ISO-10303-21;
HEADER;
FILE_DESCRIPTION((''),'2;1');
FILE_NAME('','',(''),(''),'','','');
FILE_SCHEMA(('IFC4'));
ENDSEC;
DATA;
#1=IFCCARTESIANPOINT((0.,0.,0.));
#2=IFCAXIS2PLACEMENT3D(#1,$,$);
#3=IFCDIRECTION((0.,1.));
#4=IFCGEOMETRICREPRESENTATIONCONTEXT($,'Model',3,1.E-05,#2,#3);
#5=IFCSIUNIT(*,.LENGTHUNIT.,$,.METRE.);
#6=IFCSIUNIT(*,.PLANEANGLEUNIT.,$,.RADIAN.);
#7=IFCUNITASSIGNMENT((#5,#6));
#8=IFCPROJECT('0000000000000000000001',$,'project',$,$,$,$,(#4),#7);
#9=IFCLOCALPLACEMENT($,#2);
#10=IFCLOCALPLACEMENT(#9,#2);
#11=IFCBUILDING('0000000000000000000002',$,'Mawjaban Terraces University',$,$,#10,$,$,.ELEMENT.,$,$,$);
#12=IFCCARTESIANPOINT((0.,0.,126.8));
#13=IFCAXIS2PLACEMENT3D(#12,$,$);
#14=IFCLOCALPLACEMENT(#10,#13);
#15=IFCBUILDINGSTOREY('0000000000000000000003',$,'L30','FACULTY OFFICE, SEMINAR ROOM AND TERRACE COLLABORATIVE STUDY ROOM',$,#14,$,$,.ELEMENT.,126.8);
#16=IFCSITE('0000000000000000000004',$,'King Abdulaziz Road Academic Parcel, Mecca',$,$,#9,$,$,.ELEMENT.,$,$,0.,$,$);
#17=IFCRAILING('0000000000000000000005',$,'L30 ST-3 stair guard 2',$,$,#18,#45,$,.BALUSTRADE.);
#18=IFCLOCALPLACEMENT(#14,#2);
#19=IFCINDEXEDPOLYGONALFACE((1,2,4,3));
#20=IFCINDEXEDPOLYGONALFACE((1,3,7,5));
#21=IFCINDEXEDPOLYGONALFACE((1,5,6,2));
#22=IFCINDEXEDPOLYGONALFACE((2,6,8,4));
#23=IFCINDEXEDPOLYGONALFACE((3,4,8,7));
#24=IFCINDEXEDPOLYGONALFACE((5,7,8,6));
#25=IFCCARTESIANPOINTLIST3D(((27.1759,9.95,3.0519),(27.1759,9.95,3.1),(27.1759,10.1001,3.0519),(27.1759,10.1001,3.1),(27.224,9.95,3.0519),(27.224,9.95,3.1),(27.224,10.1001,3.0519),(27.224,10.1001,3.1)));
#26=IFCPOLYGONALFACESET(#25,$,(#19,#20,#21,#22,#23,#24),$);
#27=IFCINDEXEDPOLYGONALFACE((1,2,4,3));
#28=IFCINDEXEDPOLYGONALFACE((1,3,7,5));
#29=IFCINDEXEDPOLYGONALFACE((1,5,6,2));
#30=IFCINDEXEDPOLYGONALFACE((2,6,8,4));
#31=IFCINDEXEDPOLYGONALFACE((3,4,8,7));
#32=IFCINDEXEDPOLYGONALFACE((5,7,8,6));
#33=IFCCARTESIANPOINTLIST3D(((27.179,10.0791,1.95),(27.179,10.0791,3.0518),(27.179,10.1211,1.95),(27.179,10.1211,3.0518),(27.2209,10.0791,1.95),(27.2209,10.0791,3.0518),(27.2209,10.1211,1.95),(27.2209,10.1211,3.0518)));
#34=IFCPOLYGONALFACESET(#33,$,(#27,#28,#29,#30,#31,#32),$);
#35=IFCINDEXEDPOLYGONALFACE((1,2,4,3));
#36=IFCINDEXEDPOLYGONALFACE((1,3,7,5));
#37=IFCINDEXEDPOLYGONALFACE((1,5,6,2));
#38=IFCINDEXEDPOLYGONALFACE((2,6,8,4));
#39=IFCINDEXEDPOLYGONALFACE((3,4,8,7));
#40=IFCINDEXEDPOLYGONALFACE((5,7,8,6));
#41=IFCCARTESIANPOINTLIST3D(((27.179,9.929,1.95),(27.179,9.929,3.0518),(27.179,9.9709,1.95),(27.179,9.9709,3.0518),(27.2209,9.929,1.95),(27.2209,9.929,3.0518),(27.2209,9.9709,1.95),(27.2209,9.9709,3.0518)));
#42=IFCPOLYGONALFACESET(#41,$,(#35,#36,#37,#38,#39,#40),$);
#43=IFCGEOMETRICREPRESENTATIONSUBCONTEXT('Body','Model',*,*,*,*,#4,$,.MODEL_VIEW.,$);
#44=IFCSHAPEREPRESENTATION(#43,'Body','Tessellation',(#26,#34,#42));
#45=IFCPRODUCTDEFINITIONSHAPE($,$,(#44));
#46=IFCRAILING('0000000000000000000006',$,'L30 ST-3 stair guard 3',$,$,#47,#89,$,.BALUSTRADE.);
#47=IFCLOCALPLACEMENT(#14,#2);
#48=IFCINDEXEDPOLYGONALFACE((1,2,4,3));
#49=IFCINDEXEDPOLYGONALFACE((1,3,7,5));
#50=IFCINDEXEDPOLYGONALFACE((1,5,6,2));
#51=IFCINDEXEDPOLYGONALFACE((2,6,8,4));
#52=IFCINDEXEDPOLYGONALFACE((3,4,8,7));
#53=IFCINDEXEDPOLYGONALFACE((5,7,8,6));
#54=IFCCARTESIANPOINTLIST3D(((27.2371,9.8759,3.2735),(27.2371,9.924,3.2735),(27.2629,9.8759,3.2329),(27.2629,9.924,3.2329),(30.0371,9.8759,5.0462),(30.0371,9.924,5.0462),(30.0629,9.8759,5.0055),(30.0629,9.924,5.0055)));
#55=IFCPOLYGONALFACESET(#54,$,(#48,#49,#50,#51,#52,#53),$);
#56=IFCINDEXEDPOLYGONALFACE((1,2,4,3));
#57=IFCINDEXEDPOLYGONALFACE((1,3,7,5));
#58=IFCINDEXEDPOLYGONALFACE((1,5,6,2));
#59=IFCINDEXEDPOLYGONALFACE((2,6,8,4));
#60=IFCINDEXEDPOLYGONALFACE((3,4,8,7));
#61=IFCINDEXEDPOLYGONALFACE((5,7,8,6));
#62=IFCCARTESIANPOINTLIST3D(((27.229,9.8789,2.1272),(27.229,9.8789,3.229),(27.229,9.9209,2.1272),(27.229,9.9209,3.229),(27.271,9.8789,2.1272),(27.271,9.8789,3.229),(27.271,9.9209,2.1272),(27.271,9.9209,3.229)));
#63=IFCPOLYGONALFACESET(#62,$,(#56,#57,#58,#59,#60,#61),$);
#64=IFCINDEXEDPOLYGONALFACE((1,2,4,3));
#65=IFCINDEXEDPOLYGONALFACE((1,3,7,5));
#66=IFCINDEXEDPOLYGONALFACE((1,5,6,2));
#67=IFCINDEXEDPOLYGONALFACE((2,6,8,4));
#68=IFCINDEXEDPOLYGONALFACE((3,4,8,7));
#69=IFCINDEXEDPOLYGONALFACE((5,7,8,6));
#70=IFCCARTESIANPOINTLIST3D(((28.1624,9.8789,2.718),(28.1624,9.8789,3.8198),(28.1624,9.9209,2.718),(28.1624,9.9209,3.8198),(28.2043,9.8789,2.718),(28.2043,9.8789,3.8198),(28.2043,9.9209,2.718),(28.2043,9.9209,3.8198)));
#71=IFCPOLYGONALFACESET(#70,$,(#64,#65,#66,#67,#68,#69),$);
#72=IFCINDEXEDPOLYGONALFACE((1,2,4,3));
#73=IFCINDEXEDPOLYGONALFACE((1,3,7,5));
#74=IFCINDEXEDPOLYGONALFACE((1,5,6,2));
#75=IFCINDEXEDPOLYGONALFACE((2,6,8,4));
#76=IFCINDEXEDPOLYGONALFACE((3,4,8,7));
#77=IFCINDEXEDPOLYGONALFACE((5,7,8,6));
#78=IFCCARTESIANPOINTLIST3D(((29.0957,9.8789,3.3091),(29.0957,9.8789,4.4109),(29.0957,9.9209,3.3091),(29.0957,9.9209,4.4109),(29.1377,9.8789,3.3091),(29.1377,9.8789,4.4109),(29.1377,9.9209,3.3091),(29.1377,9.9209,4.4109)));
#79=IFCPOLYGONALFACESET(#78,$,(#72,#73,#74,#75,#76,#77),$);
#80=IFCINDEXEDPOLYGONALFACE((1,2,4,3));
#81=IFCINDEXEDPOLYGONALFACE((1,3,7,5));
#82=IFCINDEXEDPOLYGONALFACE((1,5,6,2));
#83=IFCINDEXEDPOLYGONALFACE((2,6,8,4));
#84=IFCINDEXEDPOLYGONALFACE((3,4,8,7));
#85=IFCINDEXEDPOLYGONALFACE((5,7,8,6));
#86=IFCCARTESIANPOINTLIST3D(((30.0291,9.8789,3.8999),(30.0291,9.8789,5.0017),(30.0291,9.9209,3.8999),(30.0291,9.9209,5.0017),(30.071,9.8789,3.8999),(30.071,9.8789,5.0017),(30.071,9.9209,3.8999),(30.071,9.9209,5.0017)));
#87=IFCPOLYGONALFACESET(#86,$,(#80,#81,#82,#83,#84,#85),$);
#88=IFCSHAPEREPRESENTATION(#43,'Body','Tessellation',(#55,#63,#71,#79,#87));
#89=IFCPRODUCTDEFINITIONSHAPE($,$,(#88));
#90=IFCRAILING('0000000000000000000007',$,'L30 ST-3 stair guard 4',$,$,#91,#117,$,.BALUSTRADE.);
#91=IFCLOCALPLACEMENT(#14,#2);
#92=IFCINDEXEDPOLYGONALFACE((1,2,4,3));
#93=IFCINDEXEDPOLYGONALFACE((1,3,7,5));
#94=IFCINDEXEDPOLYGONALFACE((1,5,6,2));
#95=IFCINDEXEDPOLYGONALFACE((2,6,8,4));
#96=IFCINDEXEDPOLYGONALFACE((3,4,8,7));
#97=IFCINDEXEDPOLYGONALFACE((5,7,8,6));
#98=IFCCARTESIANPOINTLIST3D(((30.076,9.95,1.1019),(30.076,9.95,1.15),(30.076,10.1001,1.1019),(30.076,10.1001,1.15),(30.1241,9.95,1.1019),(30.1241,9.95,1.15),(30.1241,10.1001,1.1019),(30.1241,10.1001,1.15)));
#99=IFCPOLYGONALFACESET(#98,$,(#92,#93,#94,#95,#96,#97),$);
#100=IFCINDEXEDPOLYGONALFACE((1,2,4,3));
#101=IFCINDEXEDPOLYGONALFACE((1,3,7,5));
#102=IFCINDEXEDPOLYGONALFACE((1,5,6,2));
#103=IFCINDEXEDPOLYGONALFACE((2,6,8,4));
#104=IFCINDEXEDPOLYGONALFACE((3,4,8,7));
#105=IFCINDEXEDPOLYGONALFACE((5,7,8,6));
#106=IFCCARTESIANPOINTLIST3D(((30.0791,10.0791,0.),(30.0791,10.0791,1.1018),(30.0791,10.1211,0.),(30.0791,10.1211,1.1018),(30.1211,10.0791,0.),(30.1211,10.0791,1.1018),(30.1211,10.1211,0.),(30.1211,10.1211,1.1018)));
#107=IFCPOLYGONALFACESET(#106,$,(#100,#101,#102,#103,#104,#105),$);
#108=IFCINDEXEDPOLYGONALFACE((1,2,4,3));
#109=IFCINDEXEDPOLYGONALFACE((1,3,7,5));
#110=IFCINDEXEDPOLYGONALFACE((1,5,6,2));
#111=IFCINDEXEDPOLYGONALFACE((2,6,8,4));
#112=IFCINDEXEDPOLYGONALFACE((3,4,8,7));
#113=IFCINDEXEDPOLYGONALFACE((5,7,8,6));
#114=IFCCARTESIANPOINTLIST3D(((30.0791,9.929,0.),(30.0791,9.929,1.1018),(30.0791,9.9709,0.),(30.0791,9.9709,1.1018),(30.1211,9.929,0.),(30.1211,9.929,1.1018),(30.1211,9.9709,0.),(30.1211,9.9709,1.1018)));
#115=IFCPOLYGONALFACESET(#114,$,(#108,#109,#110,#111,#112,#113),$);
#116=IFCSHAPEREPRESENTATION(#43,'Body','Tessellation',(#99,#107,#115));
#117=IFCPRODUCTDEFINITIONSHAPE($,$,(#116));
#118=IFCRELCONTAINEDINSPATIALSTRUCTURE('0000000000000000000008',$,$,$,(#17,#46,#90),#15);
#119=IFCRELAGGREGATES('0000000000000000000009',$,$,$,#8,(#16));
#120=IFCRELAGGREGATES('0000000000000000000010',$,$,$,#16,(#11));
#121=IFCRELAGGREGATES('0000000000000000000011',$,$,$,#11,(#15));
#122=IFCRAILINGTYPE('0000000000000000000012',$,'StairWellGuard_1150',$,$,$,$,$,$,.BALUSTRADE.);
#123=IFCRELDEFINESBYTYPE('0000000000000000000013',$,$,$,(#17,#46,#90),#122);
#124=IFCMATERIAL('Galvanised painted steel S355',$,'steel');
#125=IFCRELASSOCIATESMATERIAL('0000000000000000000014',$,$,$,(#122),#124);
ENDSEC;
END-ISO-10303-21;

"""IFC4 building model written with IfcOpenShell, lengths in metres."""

from ifc_helpers import new_model, si_unit, direction, frame, origin, origin_2d, place, context, subcontext, project, spatial, rectangle, extrude, material, type_object, element, save


model = new_model("IFC4")

# Units and contexts
model_context = context("Model", 3, precision=1e-05, world=origin(), true_north=direction((0.0, 1.0)))
body_context = subcontext(model_context, "Body", "Model", "MODEL_VIEW")
ifc_project = project(units=[si_unit("LENGTHUNIT", "METRE"), si_unit("PLANEANGLEUNIT", "RADIAN")], contexts=[model_context])

# Site, building, storey
site_placement = place(None, origin())
site = spatial("IfcSite", under=ifc_project, at=site_placement, Name="King Abdulaziz Road Academic Parcel, Mecca", CompositionType="ELEMENT", RefElevation=0.0)
building_placement = place(site_placement, origin())
building = spatial("IfcBuilding", under=site, at=building_placement, Name="Mawjaban Terraces University", CompositionType="ELEMENT")
storey_placement = place(building_placement, frame((0.0, 0.0, 126.8)))
storey = spatial("IfcBuildingStorey", under=building, at=storey_placement, Name="L30", Description="FACULTY OFFICE, SEMINAR ROOM AND TERRACE COLLABORATIVE STUDY ROOM", CompositionType="ELEMENT", Elevation=126.8)

# Railings
ifc_material_1 = material(Name="Galvanised painted steel S355", Category="steel")
railing_type_1 = type_object("IfcRailingType", Name="StairWellGuard_1150", PredefinedType="BALUSTRADE", material=ifc_material_1)
railing_1_placement = place(storey_placement, frame((27.2, 10.1001, 1.95)))
element("IfcRailing", 1, at=railing_1_placement, inside=storey, type_object=railing_type_1, Name="L30 ST-3 stair guard 2", PredefinedType="BALUSTRADE", context=body_context, shape_type="SweptSolid", body=[
    extrude(rectangle(XDim=0.0481, YDim=0.0481, at=origin_2d()), frame((0.0, 0.0, 1.126), z_axis=(0.0, -1.0, 0.0), x_axis=(1.0, 0.0, 0.0)), (0.0, 0.0, 1.0), 0.1501),
    extrude(rectangle(XDim=0.042, YDim=0.042, at=origin_2d()), origin(), (0.0, 0.0, 1.0), 1.1018),
    extrude(rectangle(XDim=0.042, YDim=0.042, at=origin_2d()), frame((0.0, -0.1501, 0.0)), (0.0, 0.0, 1.0), 1.1018),
])
railing_2_placement = place(storey_placement, frame((27.25, 9.8999, 2.1272)))
element("IfcRailing", 2, at=railing_2_placement, inside=storey, type_object=railing_type_1, Name="L30 ST-3 stair guard 3", PredefinedType="BALUSTRADE", context=body_context, shape_type="SweptSolid", body=[
    extrude(rectangle(XDim=0.0481, YDim=0.0481, at=origin_2d()), frame((0.0, 0.0, 1.126), z_axis=(0.844909, 0.0, 0.53491), x_axis=(0.0, 1.0, 0.0)), (0.0, 0.0, 1.0), 3.314),
    extrude(rectangle(XDim=0.042, YDim=0.042, at=origin_2d()), origin(), (0.0, 0.0, 1.0), 1.1018),
    extrude(rectangle(XDim=0.042, YDim=0.042, at=origin_2d()), frame((0.9333, 0.0, 0.5908)), (0.0, 0.0, 1.0), 1.1018),
    extrude(rectangle(XDim=0.042, YDim=0.042, at=origin_2d()), frame((1.8667, 0.0, 1.1819)), (0.0, 0.0, 1.0), 1.1018),
    extrude(rectangle(XDim=0.042, YDim=0.042, at=origin_2d()), frame((2.8, 0.0, 1.7727)), (0.0, 0.0, 1.0), 1.1018),
])
railing_3_placement = place(storey_placement, frame((30.1001, 10.1001, 0.0)))
element("IfcRailing", 3, at=railing_3_placement, inside=storey, type_object=railing_type_1, Name="L30 ST-3 stair guard 4", PredefinedType="BALUSTRADE", context=body_context, shape_type="SweptSolid", body=[
    extrude(rectangle(XDim=0.0481, YDim=0.0481, at=origin_2d()), frame((0.0, 0.0, 1.126), z_axis=(0.0, -1.0, 0.0), x_axis=(1.0, 0.0, 0.0)), (0.0, 0.0, 1.0), 0.1501),
    extrude(rectangle(XDim=0.042, YDim=0.042, at=origin_2d()), origin(), (0.0, 0.0, 1.0), 1.1018),
    extrude(rectangle(XDim=0.042, YDim=0.042, at=origin_2d()), frame((0.0, -0.1501, 0.0)), (0.0, 0.0, 1.0), 1.1018),
])

save(model, "model.ifc")
